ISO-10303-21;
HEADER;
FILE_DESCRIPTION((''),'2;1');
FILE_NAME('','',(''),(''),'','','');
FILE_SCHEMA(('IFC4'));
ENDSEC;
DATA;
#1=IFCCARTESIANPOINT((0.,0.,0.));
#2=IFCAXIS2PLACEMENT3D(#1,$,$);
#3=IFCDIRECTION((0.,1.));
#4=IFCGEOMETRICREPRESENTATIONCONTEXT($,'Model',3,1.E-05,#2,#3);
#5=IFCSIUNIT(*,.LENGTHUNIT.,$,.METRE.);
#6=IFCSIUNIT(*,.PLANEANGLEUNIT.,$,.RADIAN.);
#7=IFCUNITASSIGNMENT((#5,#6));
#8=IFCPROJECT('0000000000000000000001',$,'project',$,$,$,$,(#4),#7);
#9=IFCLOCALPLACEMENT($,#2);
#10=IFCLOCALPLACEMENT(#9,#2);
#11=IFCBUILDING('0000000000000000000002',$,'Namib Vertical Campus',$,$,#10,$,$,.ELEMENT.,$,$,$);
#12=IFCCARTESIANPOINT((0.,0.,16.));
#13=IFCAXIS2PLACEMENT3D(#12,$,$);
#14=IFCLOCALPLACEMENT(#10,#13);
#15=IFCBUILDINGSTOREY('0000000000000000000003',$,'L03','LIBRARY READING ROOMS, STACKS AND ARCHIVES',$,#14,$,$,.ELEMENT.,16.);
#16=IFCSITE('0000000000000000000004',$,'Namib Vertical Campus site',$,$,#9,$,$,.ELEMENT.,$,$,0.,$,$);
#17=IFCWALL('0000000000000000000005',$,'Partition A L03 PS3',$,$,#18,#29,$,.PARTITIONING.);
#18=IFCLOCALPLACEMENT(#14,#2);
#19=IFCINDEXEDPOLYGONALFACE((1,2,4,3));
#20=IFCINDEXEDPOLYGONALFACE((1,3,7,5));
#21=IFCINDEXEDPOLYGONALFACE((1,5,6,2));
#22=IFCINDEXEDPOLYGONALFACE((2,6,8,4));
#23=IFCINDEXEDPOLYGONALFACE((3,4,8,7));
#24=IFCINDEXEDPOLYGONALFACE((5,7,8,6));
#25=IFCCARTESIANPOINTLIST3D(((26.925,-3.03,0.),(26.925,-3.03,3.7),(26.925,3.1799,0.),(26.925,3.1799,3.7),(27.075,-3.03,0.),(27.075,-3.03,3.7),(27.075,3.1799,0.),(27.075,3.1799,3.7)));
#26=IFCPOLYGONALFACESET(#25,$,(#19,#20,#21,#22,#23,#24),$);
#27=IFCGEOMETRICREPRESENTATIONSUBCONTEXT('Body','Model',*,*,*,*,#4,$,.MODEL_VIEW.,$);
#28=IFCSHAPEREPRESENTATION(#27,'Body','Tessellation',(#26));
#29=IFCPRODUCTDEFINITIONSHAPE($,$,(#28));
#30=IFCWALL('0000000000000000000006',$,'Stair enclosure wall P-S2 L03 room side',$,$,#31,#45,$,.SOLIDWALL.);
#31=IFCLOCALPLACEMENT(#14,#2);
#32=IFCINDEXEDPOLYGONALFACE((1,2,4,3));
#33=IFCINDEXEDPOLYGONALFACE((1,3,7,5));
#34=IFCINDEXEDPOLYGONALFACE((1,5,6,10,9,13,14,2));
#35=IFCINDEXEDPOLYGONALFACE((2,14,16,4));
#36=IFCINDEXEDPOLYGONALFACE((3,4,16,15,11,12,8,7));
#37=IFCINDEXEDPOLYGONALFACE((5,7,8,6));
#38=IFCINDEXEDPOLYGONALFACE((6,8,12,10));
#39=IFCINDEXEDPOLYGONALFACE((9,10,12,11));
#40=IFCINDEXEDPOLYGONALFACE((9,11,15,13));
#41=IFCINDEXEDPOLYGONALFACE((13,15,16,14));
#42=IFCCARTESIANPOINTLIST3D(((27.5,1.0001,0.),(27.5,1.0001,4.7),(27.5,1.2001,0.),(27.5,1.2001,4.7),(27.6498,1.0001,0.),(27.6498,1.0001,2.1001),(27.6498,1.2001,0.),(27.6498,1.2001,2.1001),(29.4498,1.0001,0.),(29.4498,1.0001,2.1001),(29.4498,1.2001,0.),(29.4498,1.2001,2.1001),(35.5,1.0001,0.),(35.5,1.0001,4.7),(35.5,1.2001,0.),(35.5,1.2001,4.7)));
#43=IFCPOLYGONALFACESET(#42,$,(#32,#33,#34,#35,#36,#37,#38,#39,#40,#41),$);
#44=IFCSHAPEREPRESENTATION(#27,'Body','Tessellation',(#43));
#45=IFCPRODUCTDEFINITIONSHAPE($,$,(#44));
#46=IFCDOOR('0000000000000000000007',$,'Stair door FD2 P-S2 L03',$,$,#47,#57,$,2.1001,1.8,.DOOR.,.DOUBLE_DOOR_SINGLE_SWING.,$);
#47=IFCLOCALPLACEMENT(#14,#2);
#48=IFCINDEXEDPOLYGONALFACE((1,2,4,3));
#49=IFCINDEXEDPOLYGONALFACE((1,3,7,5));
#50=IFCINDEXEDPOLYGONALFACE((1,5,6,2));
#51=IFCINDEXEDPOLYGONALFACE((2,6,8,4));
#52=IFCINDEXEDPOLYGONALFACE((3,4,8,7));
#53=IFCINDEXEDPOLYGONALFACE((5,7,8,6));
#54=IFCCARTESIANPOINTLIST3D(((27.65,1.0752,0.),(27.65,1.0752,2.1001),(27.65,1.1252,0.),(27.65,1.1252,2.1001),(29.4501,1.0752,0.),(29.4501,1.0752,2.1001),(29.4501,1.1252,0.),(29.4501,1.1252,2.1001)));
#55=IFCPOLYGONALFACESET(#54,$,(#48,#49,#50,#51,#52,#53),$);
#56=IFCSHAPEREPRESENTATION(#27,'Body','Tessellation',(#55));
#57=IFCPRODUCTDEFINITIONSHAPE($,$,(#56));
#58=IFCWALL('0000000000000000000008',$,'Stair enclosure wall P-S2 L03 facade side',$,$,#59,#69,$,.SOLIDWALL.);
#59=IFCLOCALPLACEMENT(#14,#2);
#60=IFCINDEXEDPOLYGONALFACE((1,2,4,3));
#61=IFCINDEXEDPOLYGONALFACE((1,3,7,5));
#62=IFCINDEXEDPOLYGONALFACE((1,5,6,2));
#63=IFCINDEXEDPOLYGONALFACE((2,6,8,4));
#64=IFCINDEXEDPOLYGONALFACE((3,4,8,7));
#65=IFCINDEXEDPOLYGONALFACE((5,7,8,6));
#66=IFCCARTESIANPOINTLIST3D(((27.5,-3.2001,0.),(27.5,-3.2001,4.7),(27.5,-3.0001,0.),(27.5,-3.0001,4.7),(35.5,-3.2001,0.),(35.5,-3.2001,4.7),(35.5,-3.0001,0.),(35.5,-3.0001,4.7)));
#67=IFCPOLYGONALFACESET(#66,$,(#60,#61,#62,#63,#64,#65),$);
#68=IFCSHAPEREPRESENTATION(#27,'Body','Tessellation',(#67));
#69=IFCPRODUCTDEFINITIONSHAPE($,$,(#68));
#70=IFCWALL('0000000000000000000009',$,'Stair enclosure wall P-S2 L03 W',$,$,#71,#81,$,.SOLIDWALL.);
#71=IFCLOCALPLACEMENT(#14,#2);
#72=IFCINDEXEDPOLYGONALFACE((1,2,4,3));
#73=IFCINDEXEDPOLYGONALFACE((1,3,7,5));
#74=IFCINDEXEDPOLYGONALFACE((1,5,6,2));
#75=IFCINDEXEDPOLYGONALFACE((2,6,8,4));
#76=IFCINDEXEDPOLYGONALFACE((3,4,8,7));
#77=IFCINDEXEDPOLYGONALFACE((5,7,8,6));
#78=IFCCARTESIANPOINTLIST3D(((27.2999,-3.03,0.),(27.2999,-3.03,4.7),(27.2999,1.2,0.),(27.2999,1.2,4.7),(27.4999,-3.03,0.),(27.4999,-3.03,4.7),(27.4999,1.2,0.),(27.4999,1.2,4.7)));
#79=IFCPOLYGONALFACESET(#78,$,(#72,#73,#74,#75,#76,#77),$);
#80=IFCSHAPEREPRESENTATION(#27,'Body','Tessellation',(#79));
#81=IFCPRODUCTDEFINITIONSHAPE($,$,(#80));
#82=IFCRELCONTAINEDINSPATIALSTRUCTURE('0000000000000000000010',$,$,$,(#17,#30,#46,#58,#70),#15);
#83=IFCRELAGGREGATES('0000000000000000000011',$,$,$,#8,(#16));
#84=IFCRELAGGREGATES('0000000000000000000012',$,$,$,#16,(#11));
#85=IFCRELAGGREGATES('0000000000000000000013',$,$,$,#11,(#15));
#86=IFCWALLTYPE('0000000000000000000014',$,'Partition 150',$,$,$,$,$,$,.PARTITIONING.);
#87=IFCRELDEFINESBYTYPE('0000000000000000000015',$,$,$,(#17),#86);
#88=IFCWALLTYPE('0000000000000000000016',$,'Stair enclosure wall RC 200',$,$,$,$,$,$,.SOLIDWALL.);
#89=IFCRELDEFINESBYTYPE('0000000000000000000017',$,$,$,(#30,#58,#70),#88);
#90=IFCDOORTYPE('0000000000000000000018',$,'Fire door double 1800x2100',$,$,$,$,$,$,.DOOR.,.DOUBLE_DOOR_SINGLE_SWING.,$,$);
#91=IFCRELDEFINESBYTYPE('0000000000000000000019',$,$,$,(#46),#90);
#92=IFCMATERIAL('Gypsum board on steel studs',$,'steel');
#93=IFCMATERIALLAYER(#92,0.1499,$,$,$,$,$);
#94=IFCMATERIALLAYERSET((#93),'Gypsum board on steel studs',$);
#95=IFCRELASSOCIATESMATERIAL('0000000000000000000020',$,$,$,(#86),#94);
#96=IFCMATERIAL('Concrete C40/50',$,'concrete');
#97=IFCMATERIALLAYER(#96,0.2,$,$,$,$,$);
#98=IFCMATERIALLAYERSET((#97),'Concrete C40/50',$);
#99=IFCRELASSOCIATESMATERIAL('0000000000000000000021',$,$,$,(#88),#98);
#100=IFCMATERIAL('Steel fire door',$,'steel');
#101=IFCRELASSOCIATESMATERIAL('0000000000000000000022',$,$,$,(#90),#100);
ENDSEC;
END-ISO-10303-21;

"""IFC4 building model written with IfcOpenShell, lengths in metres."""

from ifc_helpers import new_model, si_unit, direction, frame, frame_2d, origin, place, context, subcontext, project, spatial, rectangle, extrude, material, layer, layer_set, type_object, element, fill, save


model = new_model("IFC4")

# Units and contexts
model_context = context("Model", 3, precision=1e-05, world=origin(), true_north=direction((0.0, 1.0)))
body_context = subcontext(model_context, "Body", "Model", "MODEL_VIEW")
ifc_project = project(units=[si_unit("LENGTHUNIT", "METRE"), si_unit("PLANEANGLEUNIT", "RADIAN")], contexts=[model_context])

# Site, building, storey
site_placement = place(None, origin())
site = spatial("IfcSite", under=ifc_project, at=site_placement, Name="Namib Vertical Campus site", CompositionType="ELEMENT", RefElevation=0.0)
building_placement = place(site_placement, origin())
building = spatial("IfcBuilding", under=site, at=building_placement, Name="Namib Vertical Campus", CompositionType="ELEMENT")
storey_placement = place(building_placement, frame((0.0, 0.0, 16.0)))
storey = spatial("IfcBuildingStorey", under=building, at=storey_placement, Name="L03", Description="LIBRARY READING ROOMS, STACKS AND ARCHIVES", CompositionType="ELEMENT", Elevation=16.0)

# Wall
ifc_material_1 = material(Name="Gypsum board on steel studs", Category="steel")
ifc_layer_1 = layer(ifc_material_1, 0.1499)
ifc_layer_set_1 = layer_set([ifc_layer_1], Name="Gypsum board on steel studs")
wall_type_1 = type_object("IfcWallType", Name="Partition 150", PredefinedType="PARTITIONING", material=ifc_layer_set_1)
wall_1_placement = place(storey_placement, frame((27.0, -3.03, 0.0), z_axis=(0.0, 0.0, 1.0), x_axis=(0.0, 1.0, 0.0)))
element("IfcWall", 1, at=wall_1_placement, inside=storey, type_object=wall_type_1, Name="Partition A L03 PS3", PredefinedType="PARTITIONING", context=body_context, shape_type="SweptSolid", body=[
    extrude(rectangle(XDim=6.21, YDim=0.1499, at=frame_2d((3.105, 0.0))), origin(), (0.0, 0.0, 1.0), 3.7),
])

# Wall, opening, door
ifc_material_2 = material(Name="Concrete C40/50", Category="concrete")
ifc_layer_2 = layer(ifc_material_2, 0.2)
ifc_layer_set_2 = layer_set([ifc_layer_2], Name="Concrete C40/50")
wall_type_2 = type_object("IfcWallType", Name="Stair enclosure wall RC 200", PredefinedType="SOLIDWALL", material=ifc_layer_set_2)
wall_2_placement = place(storey_placement, frame((27.5, 1.1001, 0.0), z_axis=(0.0, 0.0, 1.0), x_axis=(1.0, 0.0, 0.0)))
wall_2 = element("IfcWall", 2, at=wall_2_placement, inside=storey, type_object=wall_type_2, Name="Stair enclosure wall P-S2 L03 room side", PredefinedType="SOLIDWALL", context=body_context, shape_type="SweptSolid", body=[
    extrude(rectangle(XDim=8.0, YDim=0.2, at=frame_2d((4.0, 0.0))), origin(), (0.0, 0.0, 1.0), 4.7),
])
opening_1_placement = place(wall_2_placement, frame((0.1499, 0.0, 0.0)))
opening_1 = element("IfcOpeningElement", 3, at=opening_1_placement, cuts=wall_2, PredefinedType="OPENING", context=body_context, shape_type="SweptSolid", body=[
    extrude(rectangle(XDim=1.8, YDim=2.1001, at=frame_2d((0.8999, 1.05))), frame((0.0, 0.1099, 0.0), z_axis=(0.0, -1.0, 0.0), x_axis=(1.0, 0.0, 0.0)), (0.0, 0.0, 1.0), 0.22),
])
ifc_material_3 = material(Name="Steel fire door", Category="steel")
door_type_1 = type_object("IfcDoorType", Name="Fire door double 1800x2100", OperationType="DOUBLE_DOOR_SINGLE_SWING", PredefinedType="DOOR", material=ifc_material_3)
door_1_placement = place(opening_1_placement, frame((1.8, 0.0, 0.0), z_axis=(0.0, 0.0, 1.0), x_axis=(-1.0, 0.0, 0.0)))
door_1 = element("IfcDoor", 4, at=door_1_placement, inside=storey, type_object=door_type_1, Name="Stair door FD2 P-S2 L03", OperationType="DOUBLE_DOOR_SINGLE_SWING", OverallHeight=2.1001, OverallWidth=1.8, PredefinedType="DOOR", context=body_context, shape_type="SweptSolid", body=[
    extrude(rectangle(XDim=1.8, YDim=2.1001, at=frame_2d((0.8999, 1.05))), frame((0.0, 0.0249, 0.0), z_axis=(0.0, -1.0, 0.0), x_axis=(1.0, 0.0, 0.0)), (0.0, 0.0, 1.0), 0.05),
])
fill(opening_1, door_1)

# Walls
wall_3_placement = place(storey_placement, frame((27.5, -3.1001, 0.0), z_axis=(0.0, 0.0, 1.0), x_axis=(1.0, 0.0, 0.0)))
element("IfcWall", 5, at=wall_3_placement, inside=storey, type_object=wall_type_2, Name="Stair enclosure wall P-S2 L03 facade side", PredefinedType="SOLIDWALL", context=body_context, shape_type="SweptSolid", body=[
    extrude(rectangle(XDim=8.0, YDim=0.2, at=frame_2d((4.0, 0.0))), origin(), (0.0, 0.0, 1.0), 4.7),
])
wall_4_placement = place(storey_placement, frame((27.3999, -3.03, 0.0), z_axis=(0.0, 0.0, 1.0), x_axis=(0.0, 1.0, 0.0)))
element("IfcWall", 6, at=wall_4_placement, inside=storey, type_object=wall_type_2, Name="Stair enclosure wall P-S2 L03 W", PredefinedType="SOLIDWALL", context=body_context, shape_type="SweptSolid", body=[
    extrude(rectangle(XDim=4.23, YDim=0.2, at=frame_2d((2.115, 0.0))), origin(), (0.0, 0.0, 1.0), 4.7),
])

save(model, "model.ifc")
